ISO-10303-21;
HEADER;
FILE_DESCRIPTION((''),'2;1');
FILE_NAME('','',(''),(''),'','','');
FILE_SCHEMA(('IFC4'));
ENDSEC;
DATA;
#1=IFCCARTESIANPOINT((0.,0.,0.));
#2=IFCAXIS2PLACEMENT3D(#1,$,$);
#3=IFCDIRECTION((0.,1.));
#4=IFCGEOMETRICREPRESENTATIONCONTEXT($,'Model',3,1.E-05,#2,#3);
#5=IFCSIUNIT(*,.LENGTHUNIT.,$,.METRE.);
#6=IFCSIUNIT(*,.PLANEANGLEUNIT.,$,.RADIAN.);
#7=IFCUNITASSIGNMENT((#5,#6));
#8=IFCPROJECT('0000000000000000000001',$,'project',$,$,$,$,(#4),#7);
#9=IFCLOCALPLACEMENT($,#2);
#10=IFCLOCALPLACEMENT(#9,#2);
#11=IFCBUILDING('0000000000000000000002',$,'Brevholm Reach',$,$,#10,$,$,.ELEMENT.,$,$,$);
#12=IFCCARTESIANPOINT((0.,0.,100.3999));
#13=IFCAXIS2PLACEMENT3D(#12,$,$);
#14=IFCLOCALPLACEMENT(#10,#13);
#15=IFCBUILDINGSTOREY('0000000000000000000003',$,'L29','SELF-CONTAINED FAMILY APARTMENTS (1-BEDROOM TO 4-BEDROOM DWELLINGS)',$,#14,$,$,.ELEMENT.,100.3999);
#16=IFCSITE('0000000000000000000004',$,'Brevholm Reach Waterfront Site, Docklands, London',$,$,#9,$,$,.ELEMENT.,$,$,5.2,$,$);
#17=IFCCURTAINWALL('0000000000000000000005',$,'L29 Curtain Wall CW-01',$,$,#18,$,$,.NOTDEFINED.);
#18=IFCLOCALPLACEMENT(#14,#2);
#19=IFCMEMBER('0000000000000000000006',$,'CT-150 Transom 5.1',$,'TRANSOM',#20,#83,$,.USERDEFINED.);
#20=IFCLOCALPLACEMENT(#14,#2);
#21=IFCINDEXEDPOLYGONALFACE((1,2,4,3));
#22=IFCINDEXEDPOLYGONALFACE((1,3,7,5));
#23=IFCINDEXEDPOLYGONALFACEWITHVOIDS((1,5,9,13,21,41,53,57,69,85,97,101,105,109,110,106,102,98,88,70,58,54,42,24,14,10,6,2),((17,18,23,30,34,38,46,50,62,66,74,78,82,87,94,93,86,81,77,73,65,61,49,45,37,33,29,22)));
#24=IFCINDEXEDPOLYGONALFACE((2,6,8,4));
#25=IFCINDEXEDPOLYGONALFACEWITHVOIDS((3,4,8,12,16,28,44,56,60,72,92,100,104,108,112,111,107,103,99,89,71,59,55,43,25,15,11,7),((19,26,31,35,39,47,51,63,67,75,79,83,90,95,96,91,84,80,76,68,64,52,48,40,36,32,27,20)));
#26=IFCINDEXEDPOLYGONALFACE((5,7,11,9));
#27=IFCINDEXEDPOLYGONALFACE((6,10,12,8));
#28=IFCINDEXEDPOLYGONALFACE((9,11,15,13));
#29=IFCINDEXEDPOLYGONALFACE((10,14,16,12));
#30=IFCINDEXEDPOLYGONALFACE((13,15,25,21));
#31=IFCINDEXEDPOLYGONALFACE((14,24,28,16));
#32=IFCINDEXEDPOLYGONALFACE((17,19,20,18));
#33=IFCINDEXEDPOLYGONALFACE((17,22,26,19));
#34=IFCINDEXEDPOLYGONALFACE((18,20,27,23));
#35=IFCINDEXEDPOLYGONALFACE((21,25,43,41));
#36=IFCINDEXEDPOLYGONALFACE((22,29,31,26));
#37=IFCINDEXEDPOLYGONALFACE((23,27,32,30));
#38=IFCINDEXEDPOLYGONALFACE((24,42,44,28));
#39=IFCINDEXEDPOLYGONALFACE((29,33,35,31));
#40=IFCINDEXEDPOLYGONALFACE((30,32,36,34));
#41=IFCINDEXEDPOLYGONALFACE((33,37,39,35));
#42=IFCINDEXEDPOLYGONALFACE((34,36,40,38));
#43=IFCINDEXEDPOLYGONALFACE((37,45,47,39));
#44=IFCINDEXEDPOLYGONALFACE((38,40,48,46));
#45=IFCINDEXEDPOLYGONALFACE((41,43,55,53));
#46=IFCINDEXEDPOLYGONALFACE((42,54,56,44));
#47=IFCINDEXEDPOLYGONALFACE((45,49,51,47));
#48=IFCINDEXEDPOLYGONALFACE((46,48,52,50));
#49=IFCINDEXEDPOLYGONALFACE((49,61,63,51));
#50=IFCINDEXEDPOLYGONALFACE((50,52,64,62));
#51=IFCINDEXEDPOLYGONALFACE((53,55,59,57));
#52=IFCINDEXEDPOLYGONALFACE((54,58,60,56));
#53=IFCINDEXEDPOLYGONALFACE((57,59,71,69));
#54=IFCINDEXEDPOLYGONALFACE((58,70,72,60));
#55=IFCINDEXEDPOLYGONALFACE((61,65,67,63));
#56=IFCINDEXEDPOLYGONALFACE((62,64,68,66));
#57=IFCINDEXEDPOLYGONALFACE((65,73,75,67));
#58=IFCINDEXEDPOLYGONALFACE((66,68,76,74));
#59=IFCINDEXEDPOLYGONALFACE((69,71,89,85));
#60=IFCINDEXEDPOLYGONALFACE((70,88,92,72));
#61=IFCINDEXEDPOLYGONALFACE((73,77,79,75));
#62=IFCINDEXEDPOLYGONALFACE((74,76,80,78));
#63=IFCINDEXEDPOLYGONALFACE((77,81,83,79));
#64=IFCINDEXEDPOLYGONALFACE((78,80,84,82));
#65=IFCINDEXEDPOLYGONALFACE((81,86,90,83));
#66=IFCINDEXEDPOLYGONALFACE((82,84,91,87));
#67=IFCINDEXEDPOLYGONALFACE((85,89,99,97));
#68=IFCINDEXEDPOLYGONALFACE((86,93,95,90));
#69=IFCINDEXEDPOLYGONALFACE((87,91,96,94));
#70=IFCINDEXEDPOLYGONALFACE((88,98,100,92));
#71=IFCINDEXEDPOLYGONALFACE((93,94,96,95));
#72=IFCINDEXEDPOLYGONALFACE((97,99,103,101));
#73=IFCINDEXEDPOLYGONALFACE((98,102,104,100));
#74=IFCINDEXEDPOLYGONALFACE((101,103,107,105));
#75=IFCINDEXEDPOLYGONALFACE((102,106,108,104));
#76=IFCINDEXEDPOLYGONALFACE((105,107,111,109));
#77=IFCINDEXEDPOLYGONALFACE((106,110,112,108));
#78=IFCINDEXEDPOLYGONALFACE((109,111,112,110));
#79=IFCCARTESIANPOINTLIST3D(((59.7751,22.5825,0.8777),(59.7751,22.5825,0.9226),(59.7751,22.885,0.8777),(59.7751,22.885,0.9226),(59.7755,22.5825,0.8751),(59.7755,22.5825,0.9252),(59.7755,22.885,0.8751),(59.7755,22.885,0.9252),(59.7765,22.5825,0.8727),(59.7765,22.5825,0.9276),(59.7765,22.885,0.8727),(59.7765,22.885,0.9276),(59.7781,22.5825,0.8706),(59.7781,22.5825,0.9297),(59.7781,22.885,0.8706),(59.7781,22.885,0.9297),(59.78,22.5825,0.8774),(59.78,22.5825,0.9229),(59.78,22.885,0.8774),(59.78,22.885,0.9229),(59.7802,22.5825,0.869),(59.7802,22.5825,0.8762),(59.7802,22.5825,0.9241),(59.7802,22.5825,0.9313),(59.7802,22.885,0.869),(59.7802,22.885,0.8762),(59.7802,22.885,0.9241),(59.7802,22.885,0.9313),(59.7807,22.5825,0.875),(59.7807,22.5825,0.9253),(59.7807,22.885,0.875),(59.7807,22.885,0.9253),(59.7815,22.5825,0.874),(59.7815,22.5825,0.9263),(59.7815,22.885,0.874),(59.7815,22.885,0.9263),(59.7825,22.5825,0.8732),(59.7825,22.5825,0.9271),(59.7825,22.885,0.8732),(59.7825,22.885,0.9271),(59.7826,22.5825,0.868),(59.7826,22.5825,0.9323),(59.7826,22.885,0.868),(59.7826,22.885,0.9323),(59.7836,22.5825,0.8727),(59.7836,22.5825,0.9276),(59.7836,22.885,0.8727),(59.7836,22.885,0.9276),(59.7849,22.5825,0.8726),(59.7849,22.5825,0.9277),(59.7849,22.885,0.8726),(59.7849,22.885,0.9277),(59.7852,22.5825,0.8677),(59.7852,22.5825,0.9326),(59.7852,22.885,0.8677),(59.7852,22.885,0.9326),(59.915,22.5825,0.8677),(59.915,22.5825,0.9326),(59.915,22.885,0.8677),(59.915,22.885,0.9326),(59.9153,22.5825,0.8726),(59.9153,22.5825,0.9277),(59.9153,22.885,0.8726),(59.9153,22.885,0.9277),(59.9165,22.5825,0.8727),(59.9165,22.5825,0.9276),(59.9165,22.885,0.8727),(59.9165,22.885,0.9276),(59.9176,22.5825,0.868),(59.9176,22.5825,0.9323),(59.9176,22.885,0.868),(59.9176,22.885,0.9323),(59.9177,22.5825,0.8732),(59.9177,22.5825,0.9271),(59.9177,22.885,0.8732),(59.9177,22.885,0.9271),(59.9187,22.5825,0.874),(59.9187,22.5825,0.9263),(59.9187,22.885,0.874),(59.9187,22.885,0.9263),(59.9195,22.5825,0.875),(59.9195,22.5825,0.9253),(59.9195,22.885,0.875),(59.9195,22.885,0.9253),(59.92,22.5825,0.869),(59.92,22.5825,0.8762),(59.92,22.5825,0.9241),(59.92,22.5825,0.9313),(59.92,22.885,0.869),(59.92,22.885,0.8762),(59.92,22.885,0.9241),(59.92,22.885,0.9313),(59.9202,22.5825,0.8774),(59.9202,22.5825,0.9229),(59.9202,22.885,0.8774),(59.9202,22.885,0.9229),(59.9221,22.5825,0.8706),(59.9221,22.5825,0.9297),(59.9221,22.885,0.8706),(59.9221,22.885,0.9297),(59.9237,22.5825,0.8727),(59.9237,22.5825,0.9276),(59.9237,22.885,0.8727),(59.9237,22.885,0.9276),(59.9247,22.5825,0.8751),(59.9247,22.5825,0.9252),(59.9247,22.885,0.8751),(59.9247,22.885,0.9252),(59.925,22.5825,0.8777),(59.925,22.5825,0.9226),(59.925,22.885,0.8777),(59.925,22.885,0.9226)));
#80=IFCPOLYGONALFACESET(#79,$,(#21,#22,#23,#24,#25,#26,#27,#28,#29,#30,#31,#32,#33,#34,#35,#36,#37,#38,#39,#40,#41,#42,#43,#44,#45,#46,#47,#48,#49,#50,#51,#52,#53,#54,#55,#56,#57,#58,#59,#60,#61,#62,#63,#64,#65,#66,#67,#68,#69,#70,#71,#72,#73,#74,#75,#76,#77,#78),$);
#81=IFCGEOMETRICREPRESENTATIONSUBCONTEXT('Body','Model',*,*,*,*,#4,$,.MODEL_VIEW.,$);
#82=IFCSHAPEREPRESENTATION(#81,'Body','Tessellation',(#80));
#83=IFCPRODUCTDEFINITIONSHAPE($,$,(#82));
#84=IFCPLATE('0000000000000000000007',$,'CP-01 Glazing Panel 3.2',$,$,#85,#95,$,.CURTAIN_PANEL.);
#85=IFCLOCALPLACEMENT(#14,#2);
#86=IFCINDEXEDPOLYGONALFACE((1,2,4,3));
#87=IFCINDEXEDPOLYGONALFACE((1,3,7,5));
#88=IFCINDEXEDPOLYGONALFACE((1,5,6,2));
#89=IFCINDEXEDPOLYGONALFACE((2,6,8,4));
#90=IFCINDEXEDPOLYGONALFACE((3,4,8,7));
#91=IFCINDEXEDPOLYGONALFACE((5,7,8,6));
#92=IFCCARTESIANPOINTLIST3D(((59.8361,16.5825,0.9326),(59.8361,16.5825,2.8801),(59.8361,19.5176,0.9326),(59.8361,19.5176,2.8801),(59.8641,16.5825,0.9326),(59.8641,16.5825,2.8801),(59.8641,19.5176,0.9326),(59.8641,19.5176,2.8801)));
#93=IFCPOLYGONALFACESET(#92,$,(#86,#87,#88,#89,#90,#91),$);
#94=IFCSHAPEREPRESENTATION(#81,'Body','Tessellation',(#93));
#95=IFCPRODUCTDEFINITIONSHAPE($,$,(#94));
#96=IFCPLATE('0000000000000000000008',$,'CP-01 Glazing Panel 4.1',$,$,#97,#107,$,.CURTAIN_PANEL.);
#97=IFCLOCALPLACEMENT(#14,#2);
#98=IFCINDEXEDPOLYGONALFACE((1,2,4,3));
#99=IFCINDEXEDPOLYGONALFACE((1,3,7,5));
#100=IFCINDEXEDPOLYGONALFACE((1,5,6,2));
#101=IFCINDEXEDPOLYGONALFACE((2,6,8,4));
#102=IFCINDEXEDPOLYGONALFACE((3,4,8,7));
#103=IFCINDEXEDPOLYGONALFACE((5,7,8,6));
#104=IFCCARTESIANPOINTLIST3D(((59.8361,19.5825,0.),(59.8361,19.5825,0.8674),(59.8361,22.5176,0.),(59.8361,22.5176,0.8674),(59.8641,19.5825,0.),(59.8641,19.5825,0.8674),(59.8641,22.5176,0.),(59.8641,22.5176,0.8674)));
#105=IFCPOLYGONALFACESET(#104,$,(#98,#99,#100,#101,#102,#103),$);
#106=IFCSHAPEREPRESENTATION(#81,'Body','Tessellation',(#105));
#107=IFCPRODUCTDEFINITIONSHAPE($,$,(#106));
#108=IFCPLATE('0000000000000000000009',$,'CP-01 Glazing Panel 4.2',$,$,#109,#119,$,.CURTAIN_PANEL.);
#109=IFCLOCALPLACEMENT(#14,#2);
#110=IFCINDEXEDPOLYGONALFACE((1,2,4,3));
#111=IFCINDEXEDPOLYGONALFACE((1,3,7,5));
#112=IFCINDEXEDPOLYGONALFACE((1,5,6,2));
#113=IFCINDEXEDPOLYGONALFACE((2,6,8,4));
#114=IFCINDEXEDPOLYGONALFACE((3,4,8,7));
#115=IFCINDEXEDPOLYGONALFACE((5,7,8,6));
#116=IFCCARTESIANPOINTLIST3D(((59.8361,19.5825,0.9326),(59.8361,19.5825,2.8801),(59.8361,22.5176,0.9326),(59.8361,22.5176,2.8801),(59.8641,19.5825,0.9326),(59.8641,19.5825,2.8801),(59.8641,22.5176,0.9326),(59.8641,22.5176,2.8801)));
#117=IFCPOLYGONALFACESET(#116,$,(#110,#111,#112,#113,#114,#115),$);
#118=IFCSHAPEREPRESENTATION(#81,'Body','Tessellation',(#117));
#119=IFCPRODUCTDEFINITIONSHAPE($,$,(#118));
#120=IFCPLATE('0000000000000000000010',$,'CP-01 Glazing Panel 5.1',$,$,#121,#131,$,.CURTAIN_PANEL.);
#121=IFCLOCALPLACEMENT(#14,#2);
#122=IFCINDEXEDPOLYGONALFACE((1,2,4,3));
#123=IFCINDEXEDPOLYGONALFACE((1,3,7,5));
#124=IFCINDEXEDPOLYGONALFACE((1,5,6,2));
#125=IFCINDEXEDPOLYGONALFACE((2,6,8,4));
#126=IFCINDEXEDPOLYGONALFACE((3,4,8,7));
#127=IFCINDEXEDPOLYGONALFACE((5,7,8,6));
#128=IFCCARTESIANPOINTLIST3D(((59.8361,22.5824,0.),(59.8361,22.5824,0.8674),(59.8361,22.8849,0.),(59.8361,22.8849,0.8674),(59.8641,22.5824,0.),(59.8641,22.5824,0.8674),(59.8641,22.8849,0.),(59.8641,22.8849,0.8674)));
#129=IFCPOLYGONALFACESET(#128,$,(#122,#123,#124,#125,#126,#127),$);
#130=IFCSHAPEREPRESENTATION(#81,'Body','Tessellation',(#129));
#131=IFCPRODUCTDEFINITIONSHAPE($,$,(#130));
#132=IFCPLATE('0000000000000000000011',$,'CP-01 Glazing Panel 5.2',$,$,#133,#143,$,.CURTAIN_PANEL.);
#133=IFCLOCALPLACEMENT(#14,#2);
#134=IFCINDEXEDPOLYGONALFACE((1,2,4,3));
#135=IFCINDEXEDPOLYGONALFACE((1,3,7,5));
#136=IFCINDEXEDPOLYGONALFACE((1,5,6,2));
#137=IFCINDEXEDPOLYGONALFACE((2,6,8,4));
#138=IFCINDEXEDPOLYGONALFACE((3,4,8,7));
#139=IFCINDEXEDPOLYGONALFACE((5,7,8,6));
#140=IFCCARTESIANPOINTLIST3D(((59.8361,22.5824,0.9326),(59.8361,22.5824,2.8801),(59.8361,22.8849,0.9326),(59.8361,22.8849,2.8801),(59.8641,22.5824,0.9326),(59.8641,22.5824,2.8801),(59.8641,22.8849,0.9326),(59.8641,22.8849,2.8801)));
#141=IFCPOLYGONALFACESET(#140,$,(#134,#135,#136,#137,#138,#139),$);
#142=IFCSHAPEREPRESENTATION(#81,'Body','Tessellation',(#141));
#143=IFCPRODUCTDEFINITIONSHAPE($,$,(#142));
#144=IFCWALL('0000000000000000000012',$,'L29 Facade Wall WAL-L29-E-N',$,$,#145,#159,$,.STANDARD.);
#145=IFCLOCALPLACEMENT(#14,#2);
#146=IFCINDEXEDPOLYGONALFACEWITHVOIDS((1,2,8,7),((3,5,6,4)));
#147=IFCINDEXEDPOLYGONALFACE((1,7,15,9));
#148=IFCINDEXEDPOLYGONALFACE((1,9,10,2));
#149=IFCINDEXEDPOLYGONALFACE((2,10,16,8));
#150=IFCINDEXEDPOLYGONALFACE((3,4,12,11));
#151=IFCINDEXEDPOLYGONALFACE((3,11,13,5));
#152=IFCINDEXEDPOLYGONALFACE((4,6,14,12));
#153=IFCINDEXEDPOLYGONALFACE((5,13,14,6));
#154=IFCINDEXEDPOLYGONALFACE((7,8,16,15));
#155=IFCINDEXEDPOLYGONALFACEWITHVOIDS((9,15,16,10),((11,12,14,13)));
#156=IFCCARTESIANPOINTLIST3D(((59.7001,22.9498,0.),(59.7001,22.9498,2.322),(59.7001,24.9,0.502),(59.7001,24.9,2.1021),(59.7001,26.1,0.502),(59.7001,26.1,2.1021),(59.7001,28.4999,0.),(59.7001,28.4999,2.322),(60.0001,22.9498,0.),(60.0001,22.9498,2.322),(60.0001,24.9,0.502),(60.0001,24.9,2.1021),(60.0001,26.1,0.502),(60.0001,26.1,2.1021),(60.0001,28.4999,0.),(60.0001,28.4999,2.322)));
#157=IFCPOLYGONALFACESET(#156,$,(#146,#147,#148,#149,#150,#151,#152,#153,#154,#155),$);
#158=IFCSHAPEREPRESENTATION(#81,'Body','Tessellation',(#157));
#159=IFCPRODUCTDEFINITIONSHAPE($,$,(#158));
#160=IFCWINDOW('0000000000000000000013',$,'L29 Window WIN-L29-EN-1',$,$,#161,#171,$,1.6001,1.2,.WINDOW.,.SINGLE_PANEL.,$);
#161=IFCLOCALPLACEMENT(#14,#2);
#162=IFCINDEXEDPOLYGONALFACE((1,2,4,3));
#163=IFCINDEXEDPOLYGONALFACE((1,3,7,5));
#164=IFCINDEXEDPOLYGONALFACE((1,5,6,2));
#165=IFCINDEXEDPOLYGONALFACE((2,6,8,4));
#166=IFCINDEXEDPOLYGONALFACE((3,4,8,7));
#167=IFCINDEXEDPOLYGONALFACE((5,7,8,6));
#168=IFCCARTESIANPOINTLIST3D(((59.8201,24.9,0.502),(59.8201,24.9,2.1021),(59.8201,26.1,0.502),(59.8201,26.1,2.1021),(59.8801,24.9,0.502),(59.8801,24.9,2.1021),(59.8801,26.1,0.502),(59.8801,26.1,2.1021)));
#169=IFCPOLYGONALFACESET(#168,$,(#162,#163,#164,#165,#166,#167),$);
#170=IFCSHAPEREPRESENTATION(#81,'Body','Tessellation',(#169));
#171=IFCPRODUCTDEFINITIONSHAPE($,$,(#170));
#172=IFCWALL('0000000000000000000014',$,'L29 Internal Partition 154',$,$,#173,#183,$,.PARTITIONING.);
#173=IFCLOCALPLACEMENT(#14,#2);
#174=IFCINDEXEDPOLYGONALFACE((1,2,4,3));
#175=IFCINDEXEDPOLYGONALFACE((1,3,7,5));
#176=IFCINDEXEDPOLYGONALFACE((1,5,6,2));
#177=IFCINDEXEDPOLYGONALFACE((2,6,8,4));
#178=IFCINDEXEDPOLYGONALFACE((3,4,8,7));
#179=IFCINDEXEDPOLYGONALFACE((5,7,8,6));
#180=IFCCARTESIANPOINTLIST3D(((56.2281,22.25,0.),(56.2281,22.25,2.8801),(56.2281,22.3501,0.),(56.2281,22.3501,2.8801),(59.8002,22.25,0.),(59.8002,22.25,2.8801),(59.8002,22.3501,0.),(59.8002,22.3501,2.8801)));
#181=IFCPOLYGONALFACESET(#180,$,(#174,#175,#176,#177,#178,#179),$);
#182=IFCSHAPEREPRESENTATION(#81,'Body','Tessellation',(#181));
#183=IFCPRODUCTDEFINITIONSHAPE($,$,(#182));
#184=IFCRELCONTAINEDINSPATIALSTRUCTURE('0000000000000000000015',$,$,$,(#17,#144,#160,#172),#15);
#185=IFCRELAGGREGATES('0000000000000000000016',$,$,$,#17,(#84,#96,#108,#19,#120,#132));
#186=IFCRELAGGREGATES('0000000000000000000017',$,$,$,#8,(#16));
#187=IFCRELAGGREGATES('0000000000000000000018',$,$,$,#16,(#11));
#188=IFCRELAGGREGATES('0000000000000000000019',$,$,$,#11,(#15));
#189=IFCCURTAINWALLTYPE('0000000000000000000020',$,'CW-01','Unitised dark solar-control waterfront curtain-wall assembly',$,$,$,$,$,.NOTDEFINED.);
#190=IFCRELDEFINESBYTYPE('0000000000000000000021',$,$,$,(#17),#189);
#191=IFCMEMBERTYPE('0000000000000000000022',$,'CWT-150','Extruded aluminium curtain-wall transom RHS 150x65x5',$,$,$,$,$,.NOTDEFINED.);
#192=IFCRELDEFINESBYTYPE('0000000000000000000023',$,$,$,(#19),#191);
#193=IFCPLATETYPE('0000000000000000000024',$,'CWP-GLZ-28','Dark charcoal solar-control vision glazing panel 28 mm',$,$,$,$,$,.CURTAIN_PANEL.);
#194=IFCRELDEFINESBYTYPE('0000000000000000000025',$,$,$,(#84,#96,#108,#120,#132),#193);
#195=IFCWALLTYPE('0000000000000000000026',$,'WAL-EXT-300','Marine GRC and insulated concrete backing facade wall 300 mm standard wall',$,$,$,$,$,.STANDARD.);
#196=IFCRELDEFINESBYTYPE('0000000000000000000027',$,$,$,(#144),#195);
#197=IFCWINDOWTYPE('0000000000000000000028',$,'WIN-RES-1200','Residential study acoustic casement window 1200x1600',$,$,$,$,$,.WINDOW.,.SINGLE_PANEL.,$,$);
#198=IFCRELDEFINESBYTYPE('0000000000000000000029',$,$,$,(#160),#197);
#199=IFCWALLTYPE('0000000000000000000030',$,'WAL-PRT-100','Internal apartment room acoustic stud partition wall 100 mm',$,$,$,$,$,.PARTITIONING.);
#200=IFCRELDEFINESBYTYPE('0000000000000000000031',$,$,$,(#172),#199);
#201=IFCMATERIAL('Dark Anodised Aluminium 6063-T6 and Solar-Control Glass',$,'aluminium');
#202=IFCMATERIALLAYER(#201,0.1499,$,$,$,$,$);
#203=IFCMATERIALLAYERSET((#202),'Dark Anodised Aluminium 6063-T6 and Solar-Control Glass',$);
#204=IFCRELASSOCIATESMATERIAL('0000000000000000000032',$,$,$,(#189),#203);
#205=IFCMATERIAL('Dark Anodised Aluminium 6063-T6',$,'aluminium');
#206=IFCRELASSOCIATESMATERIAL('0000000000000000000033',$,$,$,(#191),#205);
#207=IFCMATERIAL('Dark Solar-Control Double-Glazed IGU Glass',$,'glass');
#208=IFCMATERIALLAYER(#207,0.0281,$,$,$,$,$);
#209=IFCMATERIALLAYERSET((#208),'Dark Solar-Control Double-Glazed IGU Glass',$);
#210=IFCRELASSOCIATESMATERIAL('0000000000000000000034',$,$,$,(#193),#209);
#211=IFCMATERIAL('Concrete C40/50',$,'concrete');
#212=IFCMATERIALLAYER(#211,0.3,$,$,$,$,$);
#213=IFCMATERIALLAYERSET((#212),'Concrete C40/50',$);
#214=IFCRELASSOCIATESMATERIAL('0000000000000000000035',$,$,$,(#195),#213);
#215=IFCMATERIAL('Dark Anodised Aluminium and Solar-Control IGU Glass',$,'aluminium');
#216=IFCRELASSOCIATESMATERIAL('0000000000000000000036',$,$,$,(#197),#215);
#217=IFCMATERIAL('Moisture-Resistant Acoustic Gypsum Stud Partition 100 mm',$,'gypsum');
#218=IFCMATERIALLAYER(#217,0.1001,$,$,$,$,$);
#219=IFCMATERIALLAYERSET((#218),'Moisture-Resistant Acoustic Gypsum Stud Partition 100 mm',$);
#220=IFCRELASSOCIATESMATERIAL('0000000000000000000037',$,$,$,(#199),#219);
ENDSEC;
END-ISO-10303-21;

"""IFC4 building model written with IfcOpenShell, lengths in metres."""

from ifc_helpers import new_model, si_unit, direction, frame, frame_2d, origin, origin_2d, place, context, subcontext, project, spatial, rectangle, hollow_rectangle, extrude, material, layer, layer_set, material_profile, profile_set, type_object, element, fill, aggregate, save


model = new_model("IFC4")

# Units and contexts
model_context = context("Model", 3, precision=1e-05, world=origin(), true_north=direction((0.0, 1.0)))
body_context = subcontext(model_context, "Body", "Model", "MODEL_VIEW")
ifc_project = project(units=[si_unit("LENGTHUNIT", "METRE"), si_unit("PLANEANGLEUNIT", "RADIAN")], contexts=[model_context])

# Site, building, storey
site_placement = place(None, origin())
site = spatial("IfcSite", under=ifc_project, at=site_placement, Name="Brevholm Reach Waterfront Site, Docklands, London", CompositionType="ELEMENT", RefElevation=5.2)
building_placement = place(site_placement, origin())
building = spatial("IfcBuilding", under=site, at=building_placement, Name="Brevholm Reach", CompositionType="ELEMENT")
storey_placement = place(building_placement, frame((0.0, 0.0, 100.3999)))
storey = spatial("IfcBuildingStorey", under=building, at=storey_placement, Name="L29", Description="SELF-CONTAINED FAMILY APARTMENTS (1-BEDROOM TO 4-BEDROOM DWELLINGS)", CompositionType="ELEMENT", Elevation=100.3999)

# Curtain wall, member, plates
ifc_material_1 = material(Name="Dark Anodised Aluminium 6063-T6 and Solar-Control Glass", Category="aluminium")
ifc_layer_1 = layer(ifc_material_1, 0.1499)
ifc_layer_set_1 = layer_set([ifc_layer_1], Name="Dark Anodised Aluminium 6063-T6 and Solar-Control Glass")
curtain_wall_type = type_object("IfcCurtainWallType", Name="CW-01", Description="Unitised dark solar-control waterfront curtain-wall assembly", PredefinedType="NOTDEFINED", material=ifc_layer_set_1)
curtain_wall_placement = place(storey_placement, origin())
curtain_wall = element("IfcCurtainWall", 1, at=curtain_wall_placement, inside=storey, type_object=curtain_wall_type, Name="L29 Curtain Wall CW-01", PredefinedType="NOTDEFINED")
ifc_material_2 = material(Name="Dark Anodised Aluminium 6063-T6", Category="aluminium")
ifc_material_profile_1 = material_profile(ifc_material_2, hollow_rectangle(XDim=0.0649, YDim=0.1499, WallThickness=0.0049, InnerFilletRadius=0.0049, OuterFilletRadius=0.01, at=origin_2d()), Name="RHS 150x65x5")
ifc_profile_set_1 = profile_set([ifc_material_profile_1], Name="Dark Anodised Aluminium 6063-T6")
member_type_1 = type_object("IfcMemberType", Name="CWT-150", Description="Extruded aluminium curtain-wall transom RHS 150x65x5", PredefinedType="NOTDEFINED", material=ifc_profile_set_1)
member_1_placement = place(storey_placement, frame((59.8501, 22.5825, 0.9001), z_axis=(0.0, 1.0, 0.0), x_axis=(0.0, 0.0, 1.0)))
member_1 = element("IfcMember", 2, at=member_1_placement, type_object=member_type_1, Name="CT-150 Transom 5.1", ObjectType="TRANSOM", PredefinedType="USERDEFINED", context=body_context, shape_type="SweptSolid", body=[
    extrude(hollow_rectangle(XDim=0.0649, YDim=0.1499, WallThickness=0.0049, InnerFilletRadius=0.0049, OuterFilletRadius=0.01, at=origin_2d()), origin(), (0.0, 0.0, 1.0), 0.3025),
])
ifc_material_3 = material(Name="Dark Solar-Control Double-Glazed IGU Glass", Category="glass")
ifc_layer_2 = layer(ifc_material_3, 0.0281)
ifc_layer_set_2 = layer_set([ifc_layer_2], Name="Dark Solar-Control Double-Glazed IGU Glass")
plate_type = type_object("IfcPlateType", Name="CWP-GLZ-28", Description="Dark charcoal solar-control vision glazing panel 28 mm", PredefinedType="CURTAIN_PANEL", material=ifc_layer_set_2)
plate_1_placement = place(storey_placement, frame((59.8501, 18.05, 0.9326), z_axis=(0.0, 0.0, 1.0), x_axis=(0.0, 1.0, 0.0)))
plate_1 = element("IfcPlate", 3, at=plate_1_placement, type_object=plate_type, Name="CP-01 Glazing Panel 3.2", PredefinedType="CURTAIN_PANEL", context=body_context, shape_type="SweptSolid", body=[
    extrude(rectangle(XDim=2.9351, YDim=0.0281, at=origin_2d()), origin(), (0.0, 0.0, 1.0), 1.9475),
])
plate_2_placement = place(storey_placement, frame((59.8501, 21.05, 0.0), z_axis=(0.0, 0.0, 1.0), x_axis=(0.0, 1.0, 0.0)))
plate_2 = element("IfcPlate", 4, at=plate_2_placement, type_object=plate_type, Name="CP-01 Glazing Panel 4.1", PredefinedType="CURTAIN_PANEL", context=body_context, shape_type="SweptSolid", body=[
    extrude(rectangle(XDim=2.9351, YDim=0.0281, at=origin_2d()), origin(), (0.0, 0.0, 1.0), 0.8674),
])
plate_3_placement = place(storey_placement, frame((59.8501, 21.05, 0.9326), z_axis=(0.0, 0.0, 1.0), x_axis=(0.0, 1.0, 0.0)))
plate_3 = element("IfcPlate", 5, at=plate_3_placement, type_object=plate_type, Name="CP-01 Glazing Panel 4.2", PredefinedType="CURTAIN_PANEL", context=body_context, shape_type="SweptSolid", body=[
    extrude(rectangle(XDim=2.9351, YDim=0.0281, at=origin_2d()), origin(), (0.0, 0.0, 1.0), 1.9475),
])
plate_4_placement = place(storey_placement, frame((59.8501, 22.7336, 0.0), z_axis=(0.0, 0.0, 1.0), x_axis=(0.0, 1.0, 0.0)))
plate_4 = element("IfcPlate", 6, at=plate_4_placement, type_object=plate_type, Name="CP-01 Glazing Panel 5.1", PredefinedType="CURTAIN_PANEL", context=body_context, shape_type="SweptSolid", body=[
    extrude(rectangle(XDim=0.3025, YDim=0.0281, at=origin_2d()), origin(), (0.0, 0.0, 1.0), 0.8674),
])
plate_5_placement = place(storey_placement, frame((59.8501, 22.7336, 0.9326), z_axis=(0.0, 0.0, 1.0), x_axis=(0.0, 1.0, 0.0)))
plate_5 = element("IfcPlate", 7, at=plate_5_placement, type_object=plate_type, Name="CP-01 Glazing Panel 5.2", PredefinedType="CURTAIN_PANEL", context=body_context, shape_type="SweptSolid", body=[
    extrude(rectangle(XDim=0.3025, YDim=0.0281, at=origin_2d()), origin(), (0.0, 0.0, 1.0), 1.9475),
])
aggregate(curtain_wall, [plate_1, plate_2, plate_3, member_1, plate_4, plate_5])

# Wall, opening, window
ifc_material_4 = material(Name="Concrete C40/50", Category="concrete")
ifc_layer_3 = layer(ifc_material_4, 0.3)
ifc_layer_set_3 = layer_set([ifc_layer_3], Name="Concrete C40/50")
wall_type_1 = type_object("IfcWallType", Name="WAL-EXT-300", Description="Marine GRC and insulated concrete backing facade wall 300 mm standard wall", PredefinedType="STANDARD", material=ifc_layer_set_3)
wall_1_placement = place(storey_placement, frame((59.8501, 22.95, 0.0), z_axis=(0.0, 0.0, 1.0), x_axis=(0.0, 1.0, 0.0)))
wall_1 = element("IfcWall", 8, at=wall_1_placement, inside=storey, type_object=wall_type_1, Name="L29 Facade Wall WAL-L29-E-N", PredefinedType="STANDARD", context=body_context, shape_type="SweptSolid", body=[
    extrude(rectangle(XDim=5.55, YDim=0.3, at=frame_2d((2.7749, 0.0))), origin(), (0.0, 0.0, 1.0), 2.322),
])
opening_1_placement = place(wall_1_placement, frame((1.95, 0.0, 0.502)))
opening_1 = element("IfcOpeningElement", 9, at=opening_1_placement, cuts=wall_1, PredefinedType="OPENING", context=body_context, shape_type="SweptSolid", body=[
    extrude(rectangle(XDim=1.2, YDim=1.6001, at=frame_2d((0.6001, 0.8))), frame((0.0, 0.1599, 0.0), z_axis=(0.0, -1.0, 0.0), x_axis=(1.0, 0.0, 0.0)), (0.0, 0.0, 1.0), 0.3201),
])
ifc_material_5 = material(Name="Dark Anodised Aluminium and Solar-Control IGU Glass", Category="aluminium")
window_type = type_object("IfcWindowType", Name="WIN-RES-1200", Description="Residential study acoustic casement window 1200x1600", PartitioningType="SINGLE_PANEL", PredefinedType="WINDOW", material=ifc_material_5)
window_placement = place(opening_1_placement, origin())
window = element("IfcWindow", 10, at=window_placement, inside=storey, type_object=window_type, Name="L29 Window WIN-L29-EN-1", OverallHeight=1.6001, OverallWidth=1.2, PartitioningType="SINGLE_PANEL", PredefinedType="WINDOW", context=body_context, shape_type="SweptSolid", body=[
    extrude(rectangle(XDim=1.2, YDim=1.6001, at=frame_2d((0.6001, 0.8))), frame((0.0, 0.03, 0.0), z_axis=(0.0, -1.0, 0.0), x_axis=(1.0, 0.0, 0.0)), (0.0, 0.0, 1.0), 0.0601),
])
fill(opening_1, window)

# Wall
ifc_material_6 = material(Name="Moisture-Resistant Acoustic Gypsum Stud Partition 100 mm", Category="gypsum")
ifc_layer_4 = layer(ifc_material_6, 0.1001)
ifc_layer_set_4 = layer_set([ifc_layer_4], Name="Moisture-Resistant Acoustic Gypsum Stud Partition 100 mm")
wall_type_2 = type_object("IfcWallType", Name="WAL-PRT-100", Description="Internal apartment room acoustic stud partition wall 100 mm", PredefinedType="PARTITIONING", material=ifc_layer_set_4)
wall_2_placement = place(storey_placement, frame((56.228, 22.3, 0.0), z_axis=(0.0, 0.0, 1.0), x_axis=(1.0, 0.0, 0.0)))
element("IfcWall", 11, at=wall_2_placement, inside=storey, type_object=wall_type_2, Name="L29 Internal Partition 154", PredefinedType="PARTITIONING", context=body_context, shape_type="SweptSolid", body=[
    extrude(rectangle(XDim=3.572, YDim=0.1001, at=frame_2d((1.7861, 0.0))), origin(), (0.0, 0.0, 1.0), 2.8801),
])

save(model, "model.ifc")
